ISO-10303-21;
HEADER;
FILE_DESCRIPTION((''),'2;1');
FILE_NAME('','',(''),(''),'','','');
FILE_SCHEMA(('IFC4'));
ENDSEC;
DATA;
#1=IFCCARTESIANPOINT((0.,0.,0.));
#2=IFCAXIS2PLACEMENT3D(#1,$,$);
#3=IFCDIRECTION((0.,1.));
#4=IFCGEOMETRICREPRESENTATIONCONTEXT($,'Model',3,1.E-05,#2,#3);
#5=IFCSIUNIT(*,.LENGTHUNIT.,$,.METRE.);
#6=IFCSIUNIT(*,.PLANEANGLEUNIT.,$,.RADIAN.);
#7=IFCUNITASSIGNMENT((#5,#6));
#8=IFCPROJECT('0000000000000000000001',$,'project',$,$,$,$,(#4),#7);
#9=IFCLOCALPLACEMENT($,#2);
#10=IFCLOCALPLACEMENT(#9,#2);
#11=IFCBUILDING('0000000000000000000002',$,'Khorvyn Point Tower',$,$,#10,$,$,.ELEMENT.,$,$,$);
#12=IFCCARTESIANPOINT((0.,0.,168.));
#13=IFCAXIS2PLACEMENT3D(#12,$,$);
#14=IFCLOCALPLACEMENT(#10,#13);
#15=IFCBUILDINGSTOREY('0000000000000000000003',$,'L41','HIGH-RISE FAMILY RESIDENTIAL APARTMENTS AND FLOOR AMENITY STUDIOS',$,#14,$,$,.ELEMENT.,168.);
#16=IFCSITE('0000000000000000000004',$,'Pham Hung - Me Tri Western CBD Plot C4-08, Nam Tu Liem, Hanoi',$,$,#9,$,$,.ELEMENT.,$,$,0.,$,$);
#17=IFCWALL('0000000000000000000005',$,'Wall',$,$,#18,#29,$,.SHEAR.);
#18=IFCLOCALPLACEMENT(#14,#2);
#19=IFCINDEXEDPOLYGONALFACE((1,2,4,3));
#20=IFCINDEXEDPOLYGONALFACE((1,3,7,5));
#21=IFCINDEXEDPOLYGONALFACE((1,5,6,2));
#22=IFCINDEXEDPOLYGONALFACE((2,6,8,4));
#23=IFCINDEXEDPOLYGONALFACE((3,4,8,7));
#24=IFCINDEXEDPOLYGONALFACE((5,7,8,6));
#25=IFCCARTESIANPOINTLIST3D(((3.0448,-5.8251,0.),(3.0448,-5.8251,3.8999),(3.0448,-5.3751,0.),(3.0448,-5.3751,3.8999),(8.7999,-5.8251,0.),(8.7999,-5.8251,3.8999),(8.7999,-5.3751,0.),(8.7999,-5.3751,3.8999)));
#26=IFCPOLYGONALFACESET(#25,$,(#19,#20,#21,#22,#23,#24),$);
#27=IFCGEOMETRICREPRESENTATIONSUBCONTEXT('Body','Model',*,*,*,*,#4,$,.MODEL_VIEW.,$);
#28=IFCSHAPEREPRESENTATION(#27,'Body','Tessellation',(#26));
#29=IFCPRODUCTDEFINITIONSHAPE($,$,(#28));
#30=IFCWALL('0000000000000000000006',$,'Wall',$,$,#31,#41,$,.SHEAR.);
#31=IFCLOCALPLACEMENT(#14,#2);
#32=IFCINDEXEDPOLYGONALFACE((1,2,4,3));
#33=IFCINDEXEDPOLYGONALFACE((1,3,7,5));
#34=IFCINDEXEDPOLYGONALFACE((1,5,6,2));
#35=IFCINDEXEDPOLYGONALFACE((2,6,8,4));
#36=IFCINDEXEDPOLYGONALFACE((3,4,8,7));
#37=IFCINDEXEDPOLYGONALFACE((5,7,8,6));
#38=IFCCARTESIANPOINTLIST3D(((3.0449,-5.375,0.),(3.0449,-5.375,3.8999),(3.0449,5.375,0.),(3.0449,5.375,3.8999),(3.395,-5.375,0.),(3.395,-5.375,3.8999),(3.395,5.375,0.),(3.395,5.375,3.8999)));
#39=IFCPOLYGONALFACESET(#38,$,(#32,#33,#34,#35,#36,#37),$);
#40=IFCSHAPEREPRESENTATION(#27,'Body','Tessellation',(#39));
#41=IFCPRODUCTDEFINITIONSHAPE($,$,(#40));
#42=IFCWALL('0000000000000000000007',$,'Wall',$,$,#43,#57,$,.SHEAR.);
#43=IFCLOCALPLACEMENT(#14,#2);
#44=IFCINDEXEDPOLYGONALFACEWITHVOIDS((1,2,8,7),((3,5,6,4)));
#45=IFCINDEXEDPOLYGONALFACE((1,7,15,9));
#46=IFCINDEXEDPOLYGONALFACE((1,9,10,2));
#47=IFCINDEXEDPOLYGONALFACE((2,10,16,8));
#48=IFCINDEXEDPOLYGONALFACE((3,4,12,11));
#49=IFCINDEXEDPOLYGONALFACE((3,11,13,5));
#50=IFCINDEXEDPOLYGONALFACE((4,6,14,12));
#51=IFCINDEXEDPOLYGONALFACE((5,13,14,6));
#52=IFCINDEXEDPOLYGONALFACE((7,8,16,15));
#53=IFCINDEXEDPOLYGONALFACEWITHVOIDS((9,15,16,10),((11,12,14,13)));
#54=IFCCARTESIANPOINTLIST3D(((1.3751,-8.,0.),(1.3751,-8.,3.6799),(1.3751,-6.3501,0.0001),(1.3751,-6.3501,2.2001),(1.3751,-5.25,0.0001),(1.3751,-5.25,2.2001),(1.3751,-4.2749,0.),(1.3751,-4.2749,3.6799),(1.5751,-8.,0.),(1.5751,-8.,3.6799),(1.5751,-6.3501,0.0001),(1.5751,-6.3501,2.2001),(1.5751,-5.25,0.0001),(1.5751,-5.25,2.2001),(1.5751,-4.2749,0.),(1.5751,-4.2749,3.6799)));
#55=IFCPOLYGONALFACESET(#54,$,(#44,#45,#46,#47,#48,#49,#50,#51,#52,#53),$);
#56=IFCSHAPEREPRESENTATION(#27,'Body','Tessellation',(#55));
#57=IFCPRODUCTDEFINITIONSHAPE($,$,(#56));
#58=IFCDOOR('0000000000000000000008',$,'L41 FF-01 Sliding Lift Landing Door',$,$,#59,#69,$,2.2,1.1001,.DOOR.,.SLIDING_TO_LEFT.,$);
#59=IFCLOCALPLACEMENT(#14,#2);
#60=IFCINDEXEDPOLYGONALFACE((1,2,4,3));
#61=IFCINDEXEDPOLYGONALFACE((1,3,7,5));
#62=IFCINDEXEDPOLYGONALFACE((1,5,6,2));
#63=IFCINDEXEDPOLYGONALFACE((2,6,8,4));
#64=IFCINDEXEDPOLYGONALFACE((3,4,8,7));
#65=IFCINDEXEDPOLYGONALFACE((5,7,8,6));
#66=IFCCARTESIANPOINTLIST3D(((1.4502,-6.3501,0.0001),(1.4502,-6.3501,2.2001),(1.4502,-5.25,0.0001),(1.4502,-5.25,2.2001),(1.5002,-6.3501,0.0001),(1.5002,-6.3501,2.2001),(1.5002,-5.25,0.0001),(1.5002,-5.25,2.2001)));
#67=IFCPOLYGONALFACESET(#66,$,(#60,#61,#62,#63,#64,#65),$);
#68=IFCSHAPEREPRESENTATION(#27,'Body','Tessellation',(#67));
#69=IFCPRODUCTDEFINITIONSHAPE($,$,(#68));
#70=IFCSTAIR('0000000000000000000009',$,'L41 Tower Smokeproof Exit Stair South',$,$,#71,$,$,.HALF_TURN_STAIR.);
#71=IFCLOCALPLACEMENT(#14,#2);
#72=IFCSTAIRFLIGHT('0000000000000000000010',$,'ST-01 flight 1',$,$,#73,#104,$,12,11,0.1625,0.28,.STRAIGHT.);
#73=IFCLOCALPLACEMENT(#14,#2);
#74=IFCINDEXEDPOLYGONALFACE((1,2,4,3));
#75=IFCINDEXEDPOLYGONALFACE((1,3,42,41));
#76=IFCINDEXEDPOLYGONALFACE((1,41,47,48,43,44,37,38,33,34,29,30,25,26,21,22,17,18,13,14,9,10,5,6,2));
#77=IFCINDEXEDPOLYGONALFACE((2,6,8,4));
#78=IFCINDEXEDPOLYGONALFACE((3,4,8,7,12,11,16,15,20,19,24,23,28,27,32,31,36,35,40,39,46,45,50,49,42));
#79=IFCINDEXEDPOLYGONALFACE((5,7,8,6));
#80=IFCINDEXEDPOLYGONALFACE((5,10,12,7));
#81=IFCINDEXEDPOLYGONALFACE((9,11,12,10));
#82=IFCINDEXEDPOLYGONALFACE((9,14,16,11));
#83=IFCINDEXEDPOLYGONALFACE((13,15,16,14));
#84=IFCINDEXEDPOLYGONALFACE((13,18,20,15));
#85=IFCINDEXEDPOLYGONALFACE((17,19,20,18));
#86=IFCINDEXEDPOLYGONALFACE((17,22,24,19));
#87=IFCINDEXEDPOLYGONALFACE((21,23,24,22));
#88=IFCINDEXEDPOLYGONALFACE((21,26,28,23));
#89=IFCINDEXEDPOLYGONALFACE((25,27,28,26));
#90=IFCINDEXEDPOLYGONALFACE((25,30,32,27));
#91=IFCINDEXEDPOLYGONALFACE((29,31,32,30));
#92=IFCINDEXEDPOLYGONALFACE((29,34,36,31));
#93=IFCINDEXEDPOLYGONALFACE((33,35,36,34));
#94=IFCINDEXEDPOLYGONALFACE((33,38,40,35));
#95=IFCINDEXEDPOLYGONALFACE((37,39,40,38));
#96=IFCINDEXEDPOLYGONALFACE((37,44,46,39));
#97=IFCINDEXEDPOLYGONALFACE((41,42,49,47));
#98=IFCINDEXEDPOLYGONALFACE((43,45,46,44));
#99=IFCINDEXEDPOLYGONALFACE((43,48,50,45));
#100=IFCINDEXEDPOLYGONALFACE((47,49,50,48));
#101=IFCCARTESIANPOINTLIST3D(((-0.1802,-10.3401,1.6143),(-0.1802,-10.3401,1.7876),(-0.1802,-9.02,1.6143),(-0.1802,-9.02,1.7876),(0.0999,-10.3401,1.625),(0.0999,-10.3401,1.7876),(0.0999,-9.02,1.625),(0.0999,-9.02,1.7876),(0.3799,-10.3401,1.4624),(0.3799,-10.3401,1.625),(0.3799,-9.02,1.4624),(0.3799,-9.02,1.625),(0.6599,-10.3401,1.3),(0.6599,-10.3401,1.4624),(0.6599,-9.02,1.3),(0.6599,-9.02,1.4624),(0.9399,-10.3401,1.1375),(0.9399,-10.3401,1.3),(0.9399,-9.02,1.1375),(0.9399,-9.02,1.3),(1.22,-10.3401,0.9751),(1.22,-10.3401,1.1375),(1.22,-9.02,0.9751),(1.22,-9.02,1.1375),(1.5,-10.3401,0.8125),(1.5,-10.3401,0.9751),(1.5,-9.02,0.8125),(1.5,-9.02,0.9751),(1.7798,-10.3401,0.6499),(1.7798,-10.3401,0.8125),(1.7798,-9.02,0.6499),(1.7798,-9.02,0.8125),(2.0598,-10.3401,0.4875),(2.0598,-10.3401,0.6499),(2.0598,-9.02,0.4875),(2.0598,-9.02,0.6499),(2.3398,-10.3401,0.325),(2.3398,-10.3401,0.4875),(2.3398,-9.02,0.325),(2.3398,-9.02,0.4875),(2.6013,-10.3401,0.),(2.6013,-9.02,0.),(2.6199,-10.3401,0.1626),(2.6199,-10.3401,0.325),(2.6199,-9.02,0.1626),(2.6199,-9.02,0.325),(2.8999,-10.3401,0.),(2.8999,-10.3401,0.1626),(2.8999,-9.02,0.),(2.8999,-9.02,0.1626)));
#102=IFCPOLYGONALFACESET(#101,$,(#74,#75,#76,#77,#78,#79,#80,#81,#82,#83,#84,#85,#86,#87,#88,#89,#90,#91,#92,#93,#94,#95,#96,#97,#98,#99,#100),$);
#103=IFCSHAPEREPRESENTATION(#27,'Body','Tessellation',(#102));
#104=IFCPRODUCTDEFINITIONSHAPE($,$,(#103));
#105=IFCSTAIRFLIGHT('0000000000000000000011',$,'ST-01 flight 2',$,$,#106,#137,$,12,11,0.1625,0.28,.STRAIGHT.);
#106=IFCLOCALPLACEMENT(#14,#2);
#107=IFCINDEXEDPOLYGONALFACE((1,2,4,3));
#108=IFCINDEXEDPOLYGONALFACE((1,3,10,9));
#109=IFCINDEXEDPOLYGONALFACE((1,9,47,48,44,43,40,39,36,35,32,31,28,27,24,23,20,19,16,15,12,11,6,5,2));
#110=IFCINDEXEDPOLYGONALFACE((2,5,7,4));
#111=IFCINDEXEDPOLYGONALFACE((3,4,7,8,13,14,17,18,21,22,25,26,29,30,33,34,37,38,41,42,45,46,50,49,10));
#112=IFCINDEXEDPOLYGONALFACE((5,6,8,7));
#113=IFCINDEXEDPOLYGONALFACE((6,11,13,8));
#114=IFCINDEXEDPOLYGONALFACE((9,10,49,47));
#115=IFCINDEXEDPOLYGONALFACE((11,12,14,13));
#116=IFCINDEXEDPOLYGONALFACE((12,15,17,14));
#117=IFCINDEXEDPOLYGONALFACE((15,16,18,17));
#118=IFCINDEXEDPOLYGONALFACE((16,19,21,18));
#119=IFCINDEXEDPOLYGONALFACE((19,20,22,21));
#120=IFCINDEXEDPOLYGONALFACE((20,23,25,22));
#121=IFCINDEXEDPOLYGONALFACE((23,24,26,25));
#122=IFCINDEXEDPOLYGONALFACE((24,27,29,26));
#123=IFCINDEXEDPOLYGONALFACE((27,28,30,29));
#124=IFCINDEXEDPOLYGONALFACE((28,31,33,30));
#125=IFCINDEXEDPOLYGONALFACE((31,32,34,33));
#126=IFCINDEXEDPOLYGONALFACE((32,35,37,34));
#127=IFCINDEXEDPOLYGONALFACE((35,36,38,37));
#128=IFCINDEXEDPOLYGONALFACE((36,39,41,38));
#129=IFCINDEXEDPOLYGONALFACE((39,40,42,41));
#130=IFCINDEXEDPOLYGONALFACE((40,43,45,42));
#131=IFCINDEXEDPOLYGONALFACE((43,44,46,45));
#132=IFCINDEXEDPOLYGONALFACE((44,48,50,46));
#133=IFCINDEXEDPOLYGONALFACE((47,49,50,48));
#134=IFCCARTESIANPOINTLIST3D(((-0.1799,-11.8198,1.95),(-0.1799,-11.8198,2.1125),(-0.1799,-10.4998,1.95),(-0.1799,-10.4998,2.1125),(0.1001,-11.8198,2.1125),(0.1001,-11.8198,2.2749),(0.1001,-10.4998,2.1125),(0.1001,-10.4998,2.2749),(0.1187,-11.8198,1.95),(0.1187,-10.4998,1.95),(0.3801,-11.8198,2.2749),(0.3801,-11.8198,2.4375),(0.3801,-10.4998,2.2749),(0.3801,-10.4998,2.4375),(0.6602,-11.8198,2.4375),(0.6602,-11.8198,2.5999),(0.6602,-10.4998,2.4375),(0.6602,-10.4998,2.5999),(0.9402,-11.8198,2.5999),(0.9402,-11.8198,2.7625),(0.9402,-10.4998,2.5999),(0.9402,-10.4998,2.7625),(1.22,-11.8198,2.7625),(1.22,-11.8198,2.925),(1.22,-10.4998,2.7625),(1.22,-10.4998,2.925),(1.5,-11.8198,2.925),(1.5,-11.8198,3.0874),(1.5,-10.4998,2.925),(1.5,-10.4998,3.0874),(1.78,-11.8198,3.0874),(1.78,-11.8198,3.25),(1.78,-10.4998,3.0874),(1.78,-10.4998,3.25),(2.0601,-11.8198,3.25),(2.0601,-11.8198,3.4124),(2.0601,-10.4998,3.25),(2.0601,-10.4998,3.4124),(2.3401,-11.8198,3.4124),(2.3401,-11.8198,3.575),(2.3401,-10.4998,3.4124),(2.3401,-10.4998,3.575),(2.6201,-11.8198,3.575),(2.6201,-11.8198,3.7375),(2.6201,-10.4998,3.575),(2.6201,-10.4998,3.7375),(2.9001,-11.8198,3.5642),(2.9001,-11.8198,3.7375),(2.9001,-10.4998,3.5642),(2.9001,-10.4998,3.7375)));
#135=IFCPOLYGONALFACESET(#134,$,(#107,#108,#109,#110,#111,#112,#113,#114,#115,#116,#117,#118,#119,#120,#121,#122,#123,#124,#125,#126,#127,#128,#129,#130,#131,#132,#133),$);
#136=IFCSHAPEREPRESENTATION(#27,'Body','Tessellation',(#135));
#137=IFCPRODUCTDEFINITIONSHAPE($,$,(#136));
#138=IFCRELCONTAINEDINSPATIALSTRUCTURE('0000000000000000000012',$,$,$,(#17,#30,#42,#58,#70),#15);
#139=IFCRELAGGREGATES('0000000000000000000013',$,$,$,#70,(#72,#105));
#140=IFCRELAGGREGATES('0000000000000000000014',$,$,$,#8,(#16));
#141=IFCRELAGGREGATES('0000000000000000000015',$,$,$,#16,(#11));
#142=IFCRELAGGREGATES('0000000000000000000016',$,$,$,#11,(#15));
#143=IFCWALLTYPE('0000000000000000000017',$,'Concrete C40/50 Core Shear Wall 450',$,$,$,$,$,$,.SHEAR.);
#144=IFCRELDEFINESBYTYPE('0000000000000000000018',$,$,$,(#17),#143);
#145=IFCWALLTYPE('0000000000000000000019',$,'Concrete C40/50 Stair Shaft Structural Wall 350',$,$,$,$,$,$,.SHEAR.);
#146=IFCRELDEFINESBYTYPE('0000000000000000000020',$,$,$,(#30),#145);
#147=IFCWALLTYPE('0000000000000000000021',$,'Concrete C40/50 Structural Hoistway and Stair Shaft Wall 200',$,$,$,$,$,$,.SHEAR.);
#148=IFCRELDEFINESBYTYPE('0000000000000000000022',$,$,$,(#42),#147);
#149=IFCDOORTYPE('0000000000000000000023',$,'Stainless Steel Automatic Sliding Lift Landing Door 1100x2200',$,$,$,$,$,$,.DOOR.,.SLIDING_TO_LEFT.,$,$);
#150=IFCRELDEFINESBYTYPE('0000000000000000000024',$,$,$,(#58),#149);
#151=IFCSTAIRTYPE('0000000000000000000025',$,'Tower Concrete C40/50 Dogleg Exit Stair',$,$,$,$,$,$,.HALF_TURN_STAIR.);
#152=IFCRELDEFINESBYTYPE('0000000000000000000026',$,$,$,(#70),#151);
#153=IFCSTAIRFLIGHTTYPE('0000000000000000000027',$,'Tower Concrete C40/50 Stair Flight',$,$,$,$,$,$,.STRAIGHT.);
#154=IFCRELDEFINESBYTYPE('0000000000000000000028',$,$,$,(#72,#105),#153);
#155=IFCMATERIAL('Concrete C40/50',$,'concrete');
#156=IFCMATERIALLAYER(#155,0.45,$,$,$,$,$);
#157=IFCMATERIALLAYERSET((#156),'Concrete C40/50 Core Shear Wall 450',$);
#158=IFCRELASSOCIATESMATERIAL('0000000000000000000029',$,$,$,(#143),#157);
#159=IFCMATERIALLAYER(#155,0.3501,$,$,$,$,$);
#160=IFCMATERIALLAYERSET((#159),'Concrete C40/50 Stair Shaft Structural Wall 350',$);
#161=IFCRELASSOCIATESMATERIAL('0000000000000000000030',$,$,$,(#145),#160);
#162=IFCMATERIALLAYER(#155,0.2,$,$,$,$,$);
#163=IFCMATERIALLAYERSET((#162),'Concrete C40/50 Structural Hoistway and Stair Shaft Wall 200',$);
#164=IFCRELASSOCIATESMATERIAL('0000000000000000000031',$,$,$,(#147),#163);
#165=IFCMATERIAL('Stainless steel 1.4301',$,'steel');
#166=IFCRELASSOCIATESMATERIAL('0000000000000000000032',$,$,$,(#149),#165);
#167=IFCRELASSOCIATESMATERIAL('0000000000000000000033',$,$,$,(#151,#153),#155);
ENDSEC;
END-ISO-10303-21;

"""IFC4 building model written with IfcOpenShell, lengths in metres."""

from ifc_helpers import new_model, si_unit, direction, frame, frame_2d, origin, place, context, subcontext, project, spatial, polyline, rectangle, outline, extrude, material, layer, layer_set, type_object, element, fill, aggregate, save


model = new_model("IFC4")

# Units and contexts
model_context = context("Model", 3, precision=1e-05, world=origin(), true_north=direction((0.0, 1.0)))
body_context = subcontext(model_context, "Body", "Model", "MODEL_VIEW")
ifc_project = project(units=[si_unit("LENGTHUNIT", "METRE"), si_unit("PLANEANGLEUNIT", "RADIAN")], contexts=[model_context])

# Site, building, storey
site_placement = place(None, origin())
site = spatial("IfcSite", under=ifc_project, at=site_placement, Name="Pham Hung - Me Tri Western CBD Plot C4-08, Nam Tu Liem, Hanoi", CompositionType="ELEMENT", RefElevation=0.0)
building_placement = place(site_placement, origin())
building = spatial("IfcBuilding", under=site, at=building_placement, Name="Khorvyn Point Tower", CompositionType="ELEMENT")
storey_placement = place(building_placement, frame((0.0, 0.0, 168.0)))
storey = spatial("IfcBuildingStorey", under=building, at=storey_placement, Name="L41", Description="HIGH-RISE FAMILY RESIDENTIAL APARTMENTS AND FLOOR AMENITY STUDIOS", CompositionType="ELEMENT", Elevation=168.0)

# Wall
ifc_material_1 = material(Name="Concrete C40/50", Category="concrete")
ifc_layer_1 = layer(ifc_material_1, 0.45)
ifc_layer_set_1 = layer_set([ifc_layer_1], Name="Concrete C40/50 Core Shear Wall 450")
wall_type_1 = type_object("IfcWallType", Name="Concrete C40/50 Core Shear Wall 450", PredefinedType="SHEAR", material=ifc_layer_set_1)
wall_1_placement = place(storey_placement, frame((3.0449, -5.6001, 0.0), z_axis=(0.0, 0.0, 1.0), x_axis=(1.0, 0.0, 0.0)))
element("IfcWall", 1, at=wall_1_placement, inside=storey, type_object=wall_type_1, Name="Wall", PredefinedType="SHEAR", context=body_context, shape_type="SweptSolid", body=[
    extrude(rectangle(XDim=5.7551, YDim=0.45, at=frame_2d((2.8774, 0.0))), origin(), (0.0, 0.0, 1.0), 3.8999),
])

# Wall
ifc_layer_2 = layer(ifc_material_1, 0.3501)
ifc_layer_set_2 = layer_set([ifc_layer_2], Name="Concrete C40/50 Stair Shaft Structural Wall 350")
wall_type_2 = type_object("IfcWallType", Name="Concrete C40/50 Stair Shaft Structural Wall 350", PredefinedType="SHEAR", material=ifc_layer_set_2)
wall_2_placement = place(storey_placement, frame((3.22, -5.375, 0.0), z_axis=(0.0, 0.0, 1.0), x_axis=(0.0, 1.0, 0.0)))
element("IfcWall", 2, at=wall_2_placement, inside=storey, type_object=wall_type_2, Name="Wall", PredefinedType="SHEAR", context=body_context, shape_type="SweptSolid", body=[
    extrude(rectangle(XDim=10.75, YDim=0.3501, at=frame_2d((5.375, 0.0))), origin(), (0.0, 0.0, 1.0), 3.8999),
])

# Wall, opening, door
ifc_layer_3 = layer(ifc_material_1, 0.2)
ifc_layer_set_3 = layer_set([ifc_layer_3], Name="Concrete C40/50 Structural Hoistway and Stair Shaft Wall 200")
wall_type_3 = type_object("IfcWallType", Name="Concrete C40/50 Structural Hoistway and Stair Shaft Wall 200", PredefinedType="SHEAR", material=ifc_layer_set_3)
wall_3_placement = place(storey_placement, frame((1.4751, -8.0, 0.0), z_axis=(0.0, 0.0, 1.0), x_axis=(0.0, 1.0, 0.0)))
wall_3 = element("IfcWall", 3, at=wall_3_placement, inside=storey, type_object=wall_type_3, Name="Wall", PredefinedType="SHEAR", context=body_context, shape_type="SweptSolid", body=[
    extrude(rectangle(XDim=3.7251, YDim=0.2, at=frame_2d((1.8625, 0.0))), origin(), (0.0, 0.0, 1.0), 3.6799),
])
opening_1_placement = place(wall_3_placement, frame((1.6499, 0.0, 0.0)))
opening_1 = element("IfcOpeningElement", 4, at=opening_1_placement, cuts=wall_3, PredefinedType="OPENING", context=body_context, shape_type="SweptSolid", body=[
    extrude(rectangle(XDim=1.1001, YDim=2.2, at=frame_2d((0.55, 1.1001))), frame((0.0, 0.1099, 0.0), z_axis=(0.0, -1.0, 0.0), x_axis=(1.0, 0.0, 0.0)), (0.0, 0.0, 1.0), 0.22),
])
ifc_material_2 = material(Name="Stainless steel 1.4301", Category="steel")
door_type_1 = type_object("IfcDoorType", Name="Stainless Steel Automatic Sliding Lift Landing Door 1100x2200", OperationType="SLIDING_TO_LEFT", PredefinedType="DOOR", material=ifc_material_2)
door_1_placement = place(opening_1_placement, origin())
door_1 = element("IfcDoor", 5, at=door_1_placement, inside=storey, type_object=door_type_1, Name="L41 FF-01 Sliding Lift Landing Door", OperationType="SLIDING_TO_LEFT", OverallHeight=2.2, OverallWidth=1.1001, PredefinedType="DOOR", context=body_context, shape_type="SweptSolid", body=[
    extrude(rectangle(XDim=1.1001, YDim=2.2, at=frame_2d((0.55, 1.1001))), frame((0.0, 0.0249, 0.0), z_axis=(0.0, -1.0, 0.0), x_axis=(1.0, 0.0, 0.0)), (0.0, 0.0, 1.0), 0.05),
])
fill(opening_1, door_1)

# Stair, stair flights
stair_type = type_object("IfcStairType", Name="Tower Concrete C40/50 Dogleg Exit Stair", PredefinedType="HALF_TURN_STAIR", material=ifc_material_1)
stair_placement = place(storey_placement, origin())
stair = element("IfcStair", 6, at=stair_placement, inside=storey, type_object=stair_type, Name="L41 Tower Smokeproof Exit Stair South", PredefinedType="HALF_TURN_STAIR")
stair_flight_type = type_object("IfcStairFlightType", Name="Tower Concrete C40/50 Stair Flight", PredefinedType="STRAIGHT", material=ifc_material_1)
stair_flight_1_placement = place(storey_placement, frame((2.8999, -9.6799, 0.0), z_axis=(0.0, 0.0, 1.0), x_axis=(-1.0, 0.0, 0.0)))
stair_flight_1 = element("IfcStairFlight", 7, at=stair_flight_1_placement, type_object=stair_flight_type, Name="ST-01 flight 1", NumberOfRisers=12, NumberOfTreads=11, PredefinedType="STRAIGHT", RiserHeight=0.1625, TreadLength=0.28, context=body_context, shape_type="SweptSolid", body=[
    extrude(outline(polyline([(0.0, 0.0), (0.0, 0.1626), (0.28, 0.1626), (0.28, 0.325), (0.5601, 0.325), (0.5601, 0.4875), (0.8401, 0.4875), (0.8401, 0.6499), (1.1201, 0.6499), (1.1201, 0.8125), (1.3999, 0.8125), (1.3999, 0.9751), (1.6799, 0.9751), (1.6799, 1.1375), (1.96, 1.1375), (1.96, 1.3), (2.24, 1.3), (2.24, 1.4624), (2.52, 1.4624), (2.52, 1.625), (2.8, 1.625), (2.8, 1.7876), (3.0801, 1.7876), (3.0801, 1.95), (3.0801, 1.6143), (0.2986, 0.0), (0.0, 0.0)])), frame((0.0, 0.6602, 0.0), z_axis=(0.0, -1.0, 0.0), x_axis=(1.0, 0.0, 0.0)), (0.0, 0.0, 1.0), 1.3201),
])
stair_flight_2_placement = place(storey_placement, frame((-0.1799, -11.1599, 1.95), z_axis=(0.0, 0.0, 1.0), x_axis=(1.0, 0.0, 0.0)))
stair_flight_2 = element("IfcStairFlight", 8, at=stair_flight_2_placement, type_object=stair_flight_type, Name="ST-01 flight 2", NumberOfRisers=12, NumberOfTreads=11, PredefinedType="STRAIGHT", RiserHeight=0.1625, TreadLength=0.28, context=body_context, shape_type="SweptSolid", body=[
    extrude(outline(polyline([(0.0, 0.0), (0.0, 0.1626), (0.28, 0.1626), (0.28, 0.325), (0.5601, 0.325), (0.5601, 0.4875), (0.8401, 0.4875), (0.8401, 0.6499), (1.1201, 0.6499), (1.1201, 0.8125), (1.3999, 0.8125), (1.3999, 0.9751), (1.6799, 0.9751), (1.6799, 1.1375), (1.96, 1.1375), (1.96, 1.3), (2.24, 1.3), (2.24, 1.4624), (2.52, 1.4624), (2.52, 1.625), (2.8, 1.625), (2.8, 1.7876), (3.0801, 1.7876), (3.0801, 1.95), (3.0801, 1.6143), (0.2986, 0.0), (0.0, 0.0)])), frame((0.0, 0.6602, 0.0), z_axis=(0.0, -1.0, 0.0), x_axis=(1.0, 0.0, 0.0)), (0.0, 0.0, 1.0), 1.3201),
])
aggregate(stair, [stair_flight_1, stair_flight_2])

save(model, "model.ifc")
